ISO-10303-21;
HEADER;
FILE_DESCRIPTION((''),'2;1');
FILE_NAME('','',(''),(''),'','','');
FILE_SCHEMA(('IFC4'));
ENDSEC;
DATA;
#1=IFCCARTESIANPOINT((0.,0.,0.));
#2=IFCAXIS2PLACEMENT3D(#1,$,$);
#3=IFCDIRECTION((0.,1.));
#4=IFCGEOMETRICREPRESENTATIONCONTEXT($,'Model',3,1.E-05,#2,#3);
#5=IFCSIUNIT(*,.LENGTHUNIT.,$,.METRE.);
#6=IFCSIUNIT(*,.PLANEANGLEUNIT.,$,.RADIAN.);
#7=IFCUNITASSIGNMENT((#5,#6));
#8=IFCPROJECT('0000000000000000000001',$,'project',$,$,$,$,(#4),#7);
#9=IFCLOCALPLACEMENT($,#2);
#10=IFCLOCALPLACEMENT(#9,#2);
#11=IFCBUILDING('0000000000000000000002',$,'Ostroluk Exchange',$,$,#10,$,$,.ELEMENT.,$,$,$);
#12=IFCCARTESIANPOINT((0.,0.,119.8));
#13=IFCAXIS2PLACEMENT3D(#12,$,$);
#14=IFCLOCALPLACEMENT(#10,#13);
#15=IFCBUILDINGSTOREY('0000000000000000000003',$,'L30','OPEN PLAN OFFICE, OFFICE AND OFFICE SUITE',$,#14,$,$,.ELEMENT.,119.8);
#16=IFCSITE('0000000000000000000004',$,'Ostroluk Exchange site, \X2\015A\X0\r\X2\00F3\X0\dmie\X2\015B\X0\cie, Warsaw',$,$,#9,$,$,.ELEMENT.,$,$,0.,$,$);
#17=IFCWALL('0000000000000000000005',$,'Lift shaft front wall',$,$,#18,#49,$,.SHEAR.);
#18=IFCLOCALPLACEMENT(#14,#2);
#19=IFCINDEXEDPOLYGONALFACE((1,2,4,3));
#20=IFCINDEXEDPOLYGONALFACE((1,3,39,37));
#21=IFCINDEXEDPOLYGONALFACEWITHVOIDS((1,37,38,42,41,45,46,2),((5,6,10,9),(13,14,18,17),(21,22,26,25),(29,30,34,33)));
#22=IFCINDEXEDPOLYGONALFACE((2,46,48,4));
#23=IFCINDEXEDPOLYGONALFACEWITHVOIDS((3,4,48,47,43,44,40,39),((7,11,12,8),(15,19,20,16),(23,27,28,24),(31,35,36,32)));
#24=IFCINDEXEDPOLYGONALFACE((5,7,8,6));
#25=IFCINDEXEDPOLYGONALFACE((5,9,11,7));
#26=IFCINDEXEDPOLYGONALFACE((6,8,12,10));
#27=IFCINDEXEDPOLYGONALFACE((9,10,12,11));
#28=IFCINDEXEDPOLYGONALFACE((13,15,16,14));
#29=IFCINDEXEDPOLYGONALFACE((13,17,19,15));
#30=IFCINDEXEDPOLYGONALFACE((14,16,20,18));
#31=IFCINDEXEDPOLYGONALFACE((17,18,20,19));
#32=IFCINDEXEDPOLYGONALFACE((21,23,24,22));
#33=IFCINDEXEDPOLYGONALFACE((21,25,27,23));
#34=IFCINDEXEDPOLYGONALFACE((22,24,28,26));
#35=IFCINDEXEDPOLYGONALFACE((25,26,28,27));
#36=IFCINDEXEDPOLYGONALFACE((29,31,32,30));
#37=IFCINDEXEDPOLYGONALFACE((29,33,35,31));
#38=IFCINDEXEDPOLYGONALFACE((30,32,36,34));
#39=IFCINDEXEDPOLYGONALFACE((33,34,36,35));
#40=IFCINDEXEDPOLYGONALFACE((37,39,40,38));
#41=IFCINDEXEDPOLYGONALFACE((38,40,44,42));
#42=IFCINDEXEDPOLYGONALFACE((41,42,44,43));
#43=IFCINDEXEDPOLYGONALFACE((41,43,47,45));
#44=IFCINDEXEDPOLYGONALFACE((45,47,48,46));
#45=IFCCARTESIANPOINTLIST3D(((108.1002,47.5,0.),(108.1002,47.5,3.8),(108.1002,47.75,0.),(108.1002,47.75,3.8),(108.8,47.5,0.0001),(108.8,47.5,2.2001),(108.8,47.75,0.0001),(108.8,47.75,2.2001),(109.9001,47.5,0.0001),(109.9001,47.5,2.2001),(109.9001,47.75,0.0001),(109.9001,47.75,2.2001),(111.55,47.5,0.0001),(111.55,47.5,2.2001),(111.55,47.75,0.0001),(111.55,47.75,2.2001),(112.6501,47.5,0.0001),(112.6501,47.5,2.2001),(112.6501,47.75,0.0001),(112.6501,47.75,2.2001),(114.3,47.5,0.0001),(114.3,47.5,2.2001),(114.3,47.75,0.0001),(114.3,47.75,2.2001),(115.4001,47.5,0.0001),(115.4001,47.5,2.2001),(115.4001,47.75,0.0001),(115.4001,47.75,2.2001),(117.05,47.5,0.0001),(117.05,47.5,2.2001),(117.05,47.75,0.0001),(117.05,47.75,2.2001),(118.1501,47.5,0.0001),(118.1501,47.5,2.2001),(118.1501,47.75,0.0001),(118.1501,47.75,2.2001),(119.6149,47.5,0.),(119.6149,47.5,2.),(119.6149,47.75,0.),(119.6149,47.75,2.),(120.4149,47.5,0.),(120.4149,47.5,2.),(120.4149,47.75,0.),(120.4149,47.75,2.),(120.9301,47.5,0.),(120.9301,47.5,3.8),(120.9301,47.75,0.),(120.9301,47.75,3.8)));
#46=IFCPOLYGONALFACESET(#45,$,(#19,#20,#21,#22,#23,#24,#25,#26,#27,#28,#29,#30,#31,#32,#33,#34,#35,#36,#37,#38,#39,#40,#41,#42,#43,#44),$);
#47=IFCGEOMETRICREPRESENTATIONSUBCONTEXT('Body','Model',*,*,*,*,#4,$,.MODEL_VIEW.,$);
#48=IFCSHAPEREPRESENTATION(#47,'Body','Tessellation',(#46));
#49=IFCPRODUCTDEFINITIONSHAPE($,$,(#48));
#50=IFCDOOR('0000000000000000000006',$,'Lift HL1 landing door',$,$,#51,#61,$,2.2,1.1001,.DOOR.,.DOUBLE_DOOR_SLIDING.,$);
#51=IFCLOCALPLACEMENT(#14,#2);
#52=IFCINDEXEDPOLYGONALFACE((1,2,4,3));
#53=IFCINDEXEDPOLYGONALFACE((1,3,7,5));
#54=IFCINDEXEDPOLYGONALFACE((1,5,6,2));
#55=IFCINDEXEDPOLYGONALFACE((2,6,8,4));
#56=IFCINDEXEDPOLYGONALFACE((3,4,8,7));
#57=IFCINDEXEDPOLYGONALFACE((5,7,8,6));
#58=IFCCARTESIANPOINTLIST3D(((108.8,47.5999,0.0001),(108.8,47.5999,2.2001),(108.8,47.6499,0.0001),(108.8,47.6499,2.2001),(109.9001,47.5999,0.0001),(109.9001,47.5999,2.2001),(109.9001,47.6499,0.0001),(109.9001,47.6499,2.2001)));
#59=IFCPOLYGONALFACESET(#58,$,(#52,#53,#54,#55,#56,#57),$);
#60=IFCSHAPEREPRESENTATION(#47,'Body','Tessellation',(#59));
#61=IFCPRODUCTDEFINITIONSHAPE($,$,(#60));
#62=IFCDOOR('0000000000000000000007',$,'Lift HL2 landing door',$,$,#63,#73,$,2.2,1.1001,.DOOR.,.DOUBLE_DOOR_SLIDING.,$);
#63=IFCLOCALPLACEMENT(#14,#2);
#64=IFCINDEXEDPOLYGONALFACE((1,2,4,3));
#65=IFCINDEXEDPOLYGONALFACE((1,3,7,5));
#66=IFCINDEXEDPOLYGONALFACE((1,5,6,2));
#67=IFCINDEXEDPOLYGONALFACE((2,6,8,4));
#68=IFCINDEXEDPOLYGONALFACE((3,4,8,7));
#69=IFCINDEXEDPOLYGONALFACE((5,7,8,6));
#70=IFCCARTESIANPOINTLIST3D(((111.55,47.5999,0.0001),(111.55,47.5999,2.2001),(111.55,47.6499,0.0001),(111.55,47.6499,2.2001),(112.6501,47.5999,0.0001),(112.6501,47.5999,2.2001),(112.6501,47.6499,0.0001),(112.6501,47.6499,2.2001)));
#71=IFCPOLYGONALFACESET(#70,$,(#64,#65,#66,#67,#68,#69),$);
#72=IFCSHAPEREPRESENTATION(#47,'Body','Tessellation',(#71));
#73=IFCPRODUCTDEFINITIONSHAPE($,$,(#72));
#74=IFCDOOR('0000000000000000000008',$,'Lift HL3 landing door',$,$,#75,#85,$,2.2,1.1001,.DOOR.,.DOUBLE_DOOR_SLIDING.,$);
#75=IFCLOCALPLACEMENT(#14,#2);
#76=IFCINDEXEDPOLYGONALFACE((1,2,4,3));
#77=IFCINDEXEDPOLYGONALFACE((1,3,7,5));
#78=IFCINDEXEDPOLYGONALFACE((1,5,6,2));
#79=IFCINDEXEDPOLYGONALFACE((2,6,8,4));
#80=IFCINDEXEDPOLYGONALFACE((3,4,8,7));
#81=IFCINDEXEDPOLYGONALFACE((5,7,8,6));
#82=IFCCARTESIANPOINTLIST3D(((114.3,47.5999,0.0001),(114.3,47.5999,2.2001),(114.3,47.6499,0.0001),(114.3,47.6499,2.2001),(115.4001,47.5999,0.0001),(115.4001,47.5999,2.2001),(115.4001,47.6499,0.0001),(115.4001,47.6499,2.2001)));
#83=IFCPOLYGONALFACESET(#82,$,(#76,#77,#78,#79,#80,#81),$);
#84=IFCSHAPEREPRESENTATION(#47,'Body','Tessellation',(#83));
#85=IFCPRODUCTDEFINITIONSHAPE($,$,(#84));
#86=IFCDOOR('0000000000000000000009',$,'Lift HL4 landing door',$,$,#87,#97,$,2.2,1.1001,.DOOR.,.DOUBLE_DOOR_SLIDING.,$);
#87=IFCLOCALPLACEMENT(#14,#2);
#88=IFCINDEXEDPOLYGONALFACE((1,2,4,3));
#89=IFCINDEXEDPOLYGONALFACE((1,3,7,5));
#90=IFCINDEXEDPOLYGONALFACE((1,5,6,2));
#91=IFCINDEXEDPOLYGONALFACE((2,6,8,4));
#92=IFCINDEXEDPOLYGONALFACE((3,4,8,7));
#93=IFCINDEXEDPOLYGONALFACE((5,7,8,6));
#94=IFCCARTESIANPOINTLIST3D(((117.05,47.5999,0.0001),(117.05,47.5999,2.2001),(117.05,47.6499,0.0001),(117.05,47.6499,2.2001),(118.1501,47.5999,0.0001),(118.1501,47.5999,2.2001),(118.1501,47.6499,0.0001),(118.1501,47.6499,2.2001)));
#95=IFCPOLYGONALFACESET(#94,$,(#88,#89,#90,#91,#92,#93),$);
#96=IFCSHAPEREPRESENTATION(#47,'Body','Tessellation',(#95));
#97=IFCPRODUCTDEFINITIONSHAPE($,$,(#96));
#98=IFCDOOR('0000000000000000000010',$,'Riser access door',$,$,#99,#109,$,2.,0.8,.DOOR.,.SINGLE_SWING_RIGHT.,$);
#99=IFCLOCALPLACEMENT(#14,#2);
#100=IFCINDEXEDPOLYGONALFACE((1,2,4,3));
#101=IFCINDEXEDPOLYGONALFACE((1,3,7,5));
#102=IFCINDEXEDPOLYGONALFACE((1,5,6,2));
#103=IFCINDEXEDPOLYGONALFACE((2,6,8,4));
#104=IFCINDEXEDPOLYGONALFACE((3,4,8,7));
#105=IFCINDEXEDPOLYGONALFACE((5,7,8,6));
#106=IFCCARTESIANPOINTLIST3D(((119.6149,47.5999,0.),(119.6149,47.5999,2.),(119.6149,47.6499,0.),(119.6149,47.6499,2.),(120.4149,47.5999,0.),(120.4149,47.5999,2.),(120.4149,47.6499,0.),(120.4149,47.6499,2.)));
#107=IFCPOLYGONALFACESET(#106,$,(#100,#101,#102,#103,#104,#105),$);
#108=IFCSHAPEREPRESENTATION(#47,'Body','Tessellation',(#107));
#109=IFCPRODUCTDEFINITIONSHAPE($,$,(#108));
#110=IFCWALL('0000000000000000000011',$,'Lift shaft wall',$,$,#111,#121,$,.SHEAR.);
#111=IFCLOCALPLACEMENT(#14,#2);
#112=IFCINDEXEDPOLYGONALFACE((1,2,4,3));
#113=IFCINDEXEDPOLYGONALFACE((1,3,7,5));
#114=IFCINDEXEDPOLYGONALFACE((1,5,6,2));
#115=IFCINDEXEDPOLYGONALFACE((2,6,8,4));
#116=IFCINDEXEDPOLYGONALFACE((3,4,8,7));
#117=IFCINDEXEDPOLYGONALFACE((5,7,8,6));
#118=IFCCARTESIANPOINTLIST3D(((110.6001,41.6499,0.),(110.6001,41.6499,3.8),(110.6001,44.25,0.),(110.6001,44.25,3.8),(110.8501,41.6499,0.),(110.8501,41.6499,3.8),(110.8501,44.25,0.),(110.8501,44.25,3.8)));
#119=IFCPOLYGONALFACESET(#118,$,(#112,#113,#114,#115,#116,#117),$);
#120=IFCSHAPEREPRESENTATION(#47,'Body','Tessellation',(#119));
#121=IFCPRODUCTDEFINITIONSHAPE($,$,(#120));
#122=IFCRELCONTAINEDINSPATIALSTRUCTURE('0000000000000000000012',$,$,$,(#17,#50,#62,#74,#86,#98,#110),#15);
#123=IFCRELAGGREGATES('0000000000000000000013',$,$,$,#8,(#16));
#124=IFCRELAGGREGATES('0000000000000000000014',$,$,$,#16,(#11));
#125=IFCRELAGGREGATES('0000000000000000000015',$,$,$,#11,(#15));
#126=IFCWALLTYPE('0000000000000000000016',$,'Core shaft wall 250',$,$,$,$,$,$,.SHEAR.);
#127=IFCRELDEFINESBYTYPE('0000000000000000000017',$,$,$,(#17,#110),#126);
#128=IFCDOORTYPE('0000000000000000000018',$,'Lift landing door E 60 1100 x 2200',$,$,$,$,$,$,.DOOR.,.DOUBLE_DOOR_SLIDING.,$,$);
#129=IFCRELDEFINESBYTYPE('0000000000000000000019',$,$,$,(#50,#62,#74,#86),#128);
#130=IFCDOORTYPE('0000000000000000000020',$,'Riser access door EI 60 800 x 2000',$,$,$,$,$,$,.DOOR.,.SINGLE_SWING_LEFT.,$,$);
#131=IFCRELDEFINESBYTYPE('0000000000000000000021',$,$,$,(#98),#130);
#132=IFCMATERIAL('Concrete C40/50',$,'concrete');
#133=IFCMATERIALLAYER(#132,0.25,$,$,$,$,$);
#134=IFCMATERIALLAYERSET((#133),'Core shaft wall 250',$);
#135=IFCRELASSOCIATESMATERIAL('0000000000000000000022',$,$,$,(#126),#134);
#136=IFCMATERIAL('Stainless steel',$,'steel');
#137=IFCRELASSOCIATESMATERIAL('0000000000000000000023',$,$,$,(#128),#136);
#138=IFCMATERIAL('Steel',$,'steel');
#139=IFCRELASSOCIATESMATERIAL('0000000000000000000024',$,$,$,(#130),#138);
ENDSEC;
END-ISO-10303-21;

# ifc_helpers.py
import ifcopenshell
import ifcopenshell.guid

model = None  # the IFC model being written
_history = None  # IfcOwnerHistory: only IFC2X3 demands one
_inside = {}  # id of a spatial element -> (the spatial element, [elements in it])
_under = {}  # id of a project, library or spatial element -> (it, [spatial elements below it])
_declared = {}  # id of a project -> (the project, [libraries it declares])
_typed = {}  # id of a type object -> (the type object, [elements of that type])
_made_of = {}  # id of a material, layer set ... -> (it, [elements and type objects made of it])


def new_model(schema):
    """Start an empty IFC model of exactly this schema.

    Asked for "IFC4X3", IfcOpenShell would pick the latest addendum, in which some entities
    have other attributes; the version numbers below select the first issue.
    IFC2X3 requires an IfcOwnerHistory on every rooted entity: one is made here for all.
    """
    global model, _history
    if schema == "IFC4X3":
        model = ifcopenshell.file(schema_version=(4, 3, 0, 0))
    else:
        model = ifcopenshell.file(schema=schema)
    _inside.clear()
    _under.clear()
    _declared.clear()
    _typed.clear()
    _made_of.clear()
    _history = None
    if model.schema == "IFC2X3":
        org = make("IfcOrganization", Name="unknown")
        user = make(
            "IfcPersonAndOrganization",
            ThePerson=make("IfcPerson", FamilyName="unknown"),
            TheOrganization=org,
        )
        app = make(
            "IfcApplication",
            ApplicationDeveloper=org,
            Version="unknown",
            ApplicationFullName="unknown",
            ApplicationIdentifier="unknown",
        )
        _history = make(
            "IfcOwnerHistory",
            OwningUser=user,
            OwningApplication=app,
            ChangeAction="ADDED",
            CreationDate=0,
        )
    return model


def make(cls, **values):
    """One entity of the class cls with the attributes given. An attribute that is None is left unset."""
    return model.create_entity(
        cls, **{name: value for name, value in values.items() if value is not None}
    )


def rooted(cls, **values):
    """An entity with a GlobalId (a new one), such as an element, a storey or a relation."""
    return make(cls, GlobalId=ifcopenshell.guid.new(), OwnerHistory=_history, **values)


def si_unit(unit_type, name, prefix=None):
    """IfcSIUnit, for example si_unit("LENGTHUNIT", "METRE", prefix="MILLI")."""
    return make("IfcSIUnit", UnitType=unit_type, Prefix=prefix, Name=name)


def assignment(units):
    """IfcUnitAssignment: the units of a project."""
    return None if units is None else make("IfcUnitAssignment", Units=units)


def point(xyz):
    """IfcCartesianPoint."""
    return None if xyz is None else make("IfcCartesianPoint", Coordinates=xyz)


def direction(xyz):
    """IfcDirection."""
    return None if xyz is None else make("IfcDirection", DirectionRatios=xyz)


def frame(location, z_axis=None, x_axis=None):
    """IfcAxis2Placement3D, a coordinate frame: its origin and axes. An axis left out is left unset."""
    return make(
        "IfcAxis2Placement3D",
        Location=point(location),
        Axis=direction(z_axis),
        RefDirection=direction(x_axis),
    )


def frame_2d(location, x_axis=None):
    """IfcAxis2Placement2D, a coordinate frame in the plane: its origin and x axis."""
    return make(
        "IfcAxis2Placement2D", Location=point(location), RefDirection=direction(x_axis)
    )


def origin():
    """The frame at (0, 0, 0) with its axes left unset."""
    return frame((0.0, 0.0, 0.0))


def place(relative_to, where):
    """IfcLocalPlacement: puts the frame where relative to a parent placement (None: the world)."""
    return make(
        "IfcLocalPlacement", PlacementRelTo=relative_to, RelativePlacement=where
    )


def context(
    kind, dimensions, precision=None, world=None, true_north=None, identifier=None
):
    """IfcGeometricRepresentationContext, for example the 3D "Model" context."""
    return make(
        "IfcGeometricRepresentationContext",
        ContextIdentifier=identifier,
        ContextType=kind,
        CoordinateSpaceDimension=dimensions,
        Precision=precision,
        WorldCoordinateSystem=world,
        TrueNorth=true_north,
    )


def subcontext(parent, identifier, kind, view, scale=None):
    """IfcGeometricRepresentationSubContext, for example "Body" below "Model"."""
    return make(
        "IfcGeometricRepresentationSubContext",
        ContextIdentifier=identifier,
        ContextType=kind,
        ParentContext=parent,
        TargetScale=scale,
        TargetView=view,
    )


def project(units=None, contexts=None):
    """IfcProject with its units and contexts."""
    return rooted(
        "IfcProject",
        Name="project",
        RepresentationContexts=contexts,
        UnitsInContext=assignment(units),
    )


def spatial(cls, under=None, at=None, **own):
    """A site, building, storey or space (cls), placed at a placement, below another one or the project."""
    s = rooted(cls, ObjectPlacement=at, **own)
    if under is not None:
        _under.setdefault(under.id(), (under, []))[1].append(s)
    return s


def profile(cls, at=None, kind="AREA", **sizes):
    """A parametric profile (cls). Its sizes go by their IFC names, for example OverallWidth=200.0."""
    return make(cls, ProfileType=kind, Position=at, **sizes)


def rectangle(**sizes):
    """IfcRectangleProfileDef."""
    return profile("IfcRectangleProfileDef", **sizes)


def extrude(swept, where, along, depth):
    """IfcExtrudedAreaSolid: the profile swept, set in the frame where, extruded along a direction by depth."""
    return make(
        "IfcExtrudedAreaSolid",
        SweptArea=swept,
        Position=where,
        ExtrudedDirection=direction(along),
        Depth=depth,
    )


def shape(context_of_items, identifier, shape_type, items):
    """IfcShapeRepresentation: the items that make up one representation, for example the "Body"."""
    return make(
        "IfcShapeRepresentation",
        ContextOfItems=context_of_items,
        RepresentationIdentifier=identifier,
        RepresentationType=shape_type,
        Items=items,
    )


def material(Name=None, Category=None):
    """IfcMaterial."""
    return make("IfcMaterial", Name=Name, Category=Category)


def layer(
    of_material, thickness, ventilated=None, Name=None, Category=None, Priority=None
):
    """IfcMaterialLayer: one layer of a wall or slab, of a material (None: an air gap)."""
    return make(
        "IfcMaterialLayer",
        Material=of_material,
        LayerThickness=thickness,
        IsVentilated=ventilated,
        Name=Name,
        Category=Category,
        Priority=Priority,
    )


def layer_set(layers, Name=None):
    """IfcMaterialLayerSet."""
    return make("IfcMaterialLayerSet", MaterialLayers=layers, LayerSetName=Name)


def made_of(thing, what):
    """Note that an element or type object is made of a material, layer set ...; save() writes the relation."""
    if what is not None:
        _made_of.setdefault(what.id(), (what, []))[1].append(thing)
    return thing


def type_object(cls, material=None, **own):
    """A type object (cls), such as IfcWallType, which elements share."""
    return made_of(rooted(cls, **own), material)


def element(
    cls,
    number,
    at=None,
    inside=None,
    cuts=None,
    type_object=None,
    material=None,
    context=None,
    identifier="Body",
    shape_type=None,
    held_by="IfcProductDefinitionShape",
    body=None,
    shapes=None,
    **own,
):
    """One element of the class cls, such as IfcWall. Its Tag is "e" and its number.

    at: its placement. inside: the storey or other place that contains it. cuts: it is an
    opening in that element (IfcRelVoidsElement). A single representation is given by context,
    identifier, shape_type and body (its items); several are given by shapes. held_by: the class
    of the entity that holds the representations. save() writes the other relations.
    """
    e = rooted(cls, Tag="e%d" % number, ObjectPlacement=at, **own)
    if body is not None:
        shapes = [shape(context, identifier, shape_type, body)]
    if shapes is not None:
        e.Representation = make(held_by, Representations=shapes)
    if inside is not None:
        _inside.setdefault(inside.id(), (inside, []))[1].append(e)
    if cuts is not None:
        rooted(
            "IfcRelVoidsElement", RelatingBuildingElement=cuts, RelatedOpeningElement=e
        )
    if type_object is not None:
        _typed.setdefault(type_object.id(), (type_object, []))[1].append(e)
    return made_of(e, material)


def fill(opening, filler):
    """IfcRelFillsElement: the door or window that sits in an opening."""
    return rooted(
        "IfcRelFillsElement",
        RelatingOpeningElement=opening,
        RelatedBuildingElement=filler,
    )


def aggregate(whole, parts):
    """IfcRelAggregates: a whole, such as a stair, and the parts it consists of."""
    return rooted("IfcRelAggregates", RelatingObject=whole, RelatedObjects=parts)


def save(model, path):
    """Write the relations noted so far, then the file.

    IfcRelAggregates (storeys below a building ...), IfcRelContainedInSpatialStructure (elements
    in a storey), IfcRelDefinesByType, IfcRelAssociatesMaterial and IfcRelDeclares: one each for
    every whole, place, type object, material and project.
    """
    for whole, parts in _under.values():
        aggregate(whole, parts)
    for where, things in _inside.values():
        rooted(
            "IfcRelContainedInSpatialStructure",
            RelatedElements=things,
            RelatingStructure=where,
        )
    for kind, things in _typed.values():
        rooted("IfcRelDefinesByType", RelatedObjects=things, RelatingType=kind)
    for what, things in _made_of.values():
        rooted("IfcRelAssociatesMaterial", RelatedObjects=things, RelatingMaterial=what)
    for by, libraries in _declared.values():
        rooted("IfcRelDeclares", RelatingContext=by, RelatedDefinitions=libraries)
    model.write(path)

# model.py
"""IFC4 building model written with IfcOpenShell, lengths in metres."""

from ifc_helpers import new_model, si_unit, direction, frame, frame_2d, origin, place, context, subcontext, project, spatial, rectangle, extrude, material, layer, layer_set, type_object, element, fill, save


model = new_model("IFC4")

# Units and contexts
model_context = context("Model", 3, precision=1e-05, world=origin(), true_north=direction((0.0, 1.0)))
body_context = subcontext(model_context, "Body", "Model", "MODEL_VIEW")
ifc_project = project(units=[si_unit("LENGTHUNIT", "METRE"), si_unit("PLANEANGLEUNIT", "RADIAN")], contexts=[model_context])

# Site, building, storey
site_placement = place(None, origin())
site = spatial("IfcSite", under=ifc_project, at=site_placement, Name="Ostroluk Exchange site, Śródmieście, Warsaw", CompositionType="ELEMENT", RefElevation=0.0)
building_placement = place(site_placement, origin())
building = spatial("IfcBuilding", under=site, at=building_placement, Name="Ostroluk Exchange", CompositionType="ELEMENT")
storey_placement = place(building_placement, frame((0.0, 0.0, 119.8)))
storey = spatial("IfcBuildingStorey", under=building, at=storey_placement, Name="L30", Description="OPEN PLAN OFFICE, OFFICE AND OFFICE SUITE", CompositionType="ELEMENT", Elevation=119.8)

# Shared definitions
ifc_material_1 = material(Name="Concrete C40/50", Category="concrete")
ifc_layer_1 = layer(ifc_material_1, 0.25)
ifc_layer_set_1 = layer_set([ifc_layer_1], Name="Core shaft wall 250")
wall_type_1 = type_object("IfcWallType", Name="Core shaft wall 250", PredefinedType="SHEAR", material=ifc_layer_set_1)

# Wall, openings, doors
wall_1_placement = place(storey_placement, frame((108.1001, 47.625, 0.0), z_axis=(0.0, 0.0, 1.0), x_axis=(1.0, 0.0, 0.0)))
wall_1 = element("IfcWall", 1, at=wall_1_placement, inside=storey, type_object=wall_type_1, Name="Lift shaft front wall", PredefinedType="SHEAR", context=body_context, shape_type="SweptSolid", body=[
    extrude(rectangle(XDim=12.8298, YDim=0.25, at=frame_2d((6.415, 0.0))), origin(), (0.0, 0.0, 1.0), 3.8),
])
opening_1_placement = place(wall_1_placement, frame((0.7, 0.0, 0.0)))
opening_1 = element("IfcOpeningElement", 2, at=opening_1_placement, cuts=wall_1, PredefinedType="OPENING", context=body_context, shape_type="SweptSolid", body=[
    extrude(rectangle(XDim=1.1001, YDim=2.2, at=frame_2d((0.55, 1.1001))), frame((0.0, 0.135, 0.0), z_axis=(0.0, -1.0, 0.0), x_axis=(1.0, 0.0, 0.0)), (0.0, 0.0, 1.0), 0.27),
])
opening_2_placement = place(wall_1_placement, frame((3.45, 0.0, 0.0)))
opening_2 = element("IfcOpeningElement", 3, at=opening_2_placement, cuts=wall_1, PredefinedType="OPENING", context=body_context, shape_type="SweptSolid", body=[
    extrude(rectangle(XDim=1.1001, YDim=2.2, at=frame_2d((0.55, 1.1001))), frame((0.0, 0.135, 0.0), z_axis=(0.0, -1.0, 0.0), x_axis=(1.0, 0.0, 0.0)), (0.0, 0.0, 1.0), 0.27),
])
opening_3_placement = place(wall_1_placement, frame((6.2, 0.0, 0.0)))
opening_3 = element("IfcOpeningElement", 4, at=opening_3_placement, cuts=wall_1, PredefinedType="OPENING", context=body_context, shape_type="SweptSolid", body=[
    extrude(rectangle(XDim=1.1001, YDim=2.2, at=frame_2d((0.55, 1.1001))), frame((0.0, 0.135, 0.0), z_axis=(0.0, -1.0, 0.0), x_axis=(1.0, 0.0, 0.0)), (0.0, 0.0, 1.0), 0.27),
])
opening_4_placement = place(wall_1_placement, frame((8.95, 0.0, 0.0)))
opening_4 = element("IfcOpeningElement", 5, at=opening_4_placement, cuts=wall_1, PredefinedType="OPENING", context=body_context, shape_type="SweptSolid", body=[
    extrude(rectangle(XDim=1.1001, YDim=2.2, at=frame_2d((0.55, 1.1001))), frame((0.0, 0.135, 0.0), z_axis=(0.0, -1.0, 0.0), x_axis=(1.0, 0.0, 0.0)), (0.0, 0.0, 1.0), 0.27),
])
opening_5_placement = place(wall_1_placement, frame((11.5149, 0.0, 0.0)))
opening_5 = element("IfcOpeningElement", 6, at=opening_5_placement, cuts=wall_1, PredefinedType="OPENING", context=body_context, shape_type="SweptSolid", body=[
    extrude(rectangle(XDim=0.8, YDim=2.0, at=frame_2d((0.3999, 1.0))), frame((0.0, 0.135, 0.0), z_axis=(0.0, -1.0, 0.0), x_axis=(1.0, 0.0, 0.0)), (0.0, 0.0, 1.0), 0.27),
])
ifc_material_2 = material(Name="Stainless steel", Category="steel")
door_type_1 = type_object("IfcDoorType", Name="Lift landing door E 60 1100 x 2200", OperationType="DOUBLE_DOOR_SLIDING", PredefinedType="DOOR", material=ifc_material_2)
door_1_placement = place(opening_1_placement, origin())
door_1 = element("IfcDoor", 7, at=door_1_placement, inside=storey, type_object=door_type_1, Name="Lift HL1 landing door", OperationType="DOUBLE_DOOR_SLIDING", OverallHeight=2.2, OverallWidth=1.1001, PredefinedType="DOOR", context=body_context, shape_type="SweptSolid", body=[
    extrude(rectangle(XDim=1.1001, YDim=2.2, at=frame_2d((0.55, 1.1001))), frame((0.0, 0.0249, 0.0), z_axis=(0.0, -1.0, 0.0), x_axis=(1.0, 0.0, 0.0)), (0.0, 0.0, 1.0), 0.05),
])
fill(opening_1, door_1)
door_2_placement = place(opening_2_placement, origin())
door_2 = element("IfcDoor", 8, at=door_2_placement, inside=storey, type_object=door_type_1, Name="Lift HL2 landing door", OperationType="DOUBLE_DOOR_SLIDING", OverallHeight=2.2, OverallWidth=1.1001, PredefinedType="DOOR", context=body_context, shape_type="SweptSolid", body=[
    extrude(rectangle(XDim=1.1001, YDim=2.2, at=frame_2d((0.55, 1.1001))), frame((0.0, 0.0249, 0.0), z_axis=(0.0, -1.0, 0.0), x_axis=(1.0, 0.0, 0.0)), (0.0, 0.0, 1.0), 0.05),
])
fill(opening_2, door_2)
door_3_placement = place(opening_3_placement, origin())
door_3 = element("IfcDoor", 9, at=door_3_placement, inside=storey, type_object=door_type_1, Name="Lift HL3 landing door", OperationType="DOUBLE_DOOR_SLIDING", OverallHeight=2.2, OverallWidth=1.1001, PredefinedType="DOOR", context=body_context, shape_type="SweptSolid", body=[
    extrude(rectangle(XDim=1.1001, YDim=2.2, at=frame_2d((0.55, 1.1001))), frame((0.0, 0.0249, 0.0), z_axis=(0.0, -1.0, 0.0), x_axis=(1.0, 0.0, 0.0)), (0.0, 0.0, 1.0), 0.05),
])
fill(opening_3, door_3)
door_4_placement = place(opening_4_placement, origin())
door_4 = element("IfcDoor", 10, at=door_4_placement, inside=storey, type_object=door_type_1, Name="Lift HL4 landing door", OperationType="DOUBLE_DOOR_SLIDING", OverallHeight=2.2, OverallWidth=1.1001, PredefinedType="DOOR", context=body_context, shape_type="SweptSolid", body=[
    extrude(rectangle(XDim=1.1001, YDim=2.2, at=frame_2d((0.55, 1.1001))), frame((0.0, 0.0249, 0.0), z_axis=(0.0, -1.0, 0.0), x_axis=(1.0, 0.0, 0.0)), (0.0, 0.0, 1.0), 0.05),
])
fill(opening_4, door_4)
ifc_material_3 = material(Name="Steel", Category="steel")
door_type_2 = type_object("IfcDoorType", Name="Riser access door EI 60 800 x 2000", OperationType="SINGLE_SWING_LEFT", PredefinedType="DOOR", material=ifc_material_3)
door_5_placement = place(opening_5_placement, origin())
door_5 = element("IfcDoor", 11, at=door_5_placement, inside=storey, type_object=door_type_2, Name="Riser access door", OperationType="SINGLE_SWING_RIGHT", OverallHeight=2.0, OverallWidth=0.8, PredefinedType="DOOR", context=body_context, shape_type="SweptSolid", body=[
    extrude(rectangle(XDim=0.8, YDim=2.0, at=frame_2d((0.3999, 1.0))), frame((0.0, 0.0249, 0.0), z_axis=(0.0, -1.0, 0.0), x_axis=(1.0, 0.0, 0.0)), (0.0, 0.0, 1.0), 0.05),
])
fill(opening_5, door_5)

# Wall
wall_2_placement = place(storey_placement, frame((110.7251, 44.25, 0.0), z_axis=(0.0, 0.0, 1.0), x_axis=(0.0, -1.0, 0.0)))
element("IfcWall", 12, at=wall_2_placement, inside=storey, type_object=wall_type_1, Name="Lift shaft wall", PredefinedType="SHEAR", context=body_context, shape_type="SweptSolid", body=[
    extrude(rectangle(XDim=2.6001, YDim=0.25, at=frame_2d((1.3, 0.0))), origin(), (0.0, 0.0, 1.0), 3.8),
])

save(model, "model.ifc")
